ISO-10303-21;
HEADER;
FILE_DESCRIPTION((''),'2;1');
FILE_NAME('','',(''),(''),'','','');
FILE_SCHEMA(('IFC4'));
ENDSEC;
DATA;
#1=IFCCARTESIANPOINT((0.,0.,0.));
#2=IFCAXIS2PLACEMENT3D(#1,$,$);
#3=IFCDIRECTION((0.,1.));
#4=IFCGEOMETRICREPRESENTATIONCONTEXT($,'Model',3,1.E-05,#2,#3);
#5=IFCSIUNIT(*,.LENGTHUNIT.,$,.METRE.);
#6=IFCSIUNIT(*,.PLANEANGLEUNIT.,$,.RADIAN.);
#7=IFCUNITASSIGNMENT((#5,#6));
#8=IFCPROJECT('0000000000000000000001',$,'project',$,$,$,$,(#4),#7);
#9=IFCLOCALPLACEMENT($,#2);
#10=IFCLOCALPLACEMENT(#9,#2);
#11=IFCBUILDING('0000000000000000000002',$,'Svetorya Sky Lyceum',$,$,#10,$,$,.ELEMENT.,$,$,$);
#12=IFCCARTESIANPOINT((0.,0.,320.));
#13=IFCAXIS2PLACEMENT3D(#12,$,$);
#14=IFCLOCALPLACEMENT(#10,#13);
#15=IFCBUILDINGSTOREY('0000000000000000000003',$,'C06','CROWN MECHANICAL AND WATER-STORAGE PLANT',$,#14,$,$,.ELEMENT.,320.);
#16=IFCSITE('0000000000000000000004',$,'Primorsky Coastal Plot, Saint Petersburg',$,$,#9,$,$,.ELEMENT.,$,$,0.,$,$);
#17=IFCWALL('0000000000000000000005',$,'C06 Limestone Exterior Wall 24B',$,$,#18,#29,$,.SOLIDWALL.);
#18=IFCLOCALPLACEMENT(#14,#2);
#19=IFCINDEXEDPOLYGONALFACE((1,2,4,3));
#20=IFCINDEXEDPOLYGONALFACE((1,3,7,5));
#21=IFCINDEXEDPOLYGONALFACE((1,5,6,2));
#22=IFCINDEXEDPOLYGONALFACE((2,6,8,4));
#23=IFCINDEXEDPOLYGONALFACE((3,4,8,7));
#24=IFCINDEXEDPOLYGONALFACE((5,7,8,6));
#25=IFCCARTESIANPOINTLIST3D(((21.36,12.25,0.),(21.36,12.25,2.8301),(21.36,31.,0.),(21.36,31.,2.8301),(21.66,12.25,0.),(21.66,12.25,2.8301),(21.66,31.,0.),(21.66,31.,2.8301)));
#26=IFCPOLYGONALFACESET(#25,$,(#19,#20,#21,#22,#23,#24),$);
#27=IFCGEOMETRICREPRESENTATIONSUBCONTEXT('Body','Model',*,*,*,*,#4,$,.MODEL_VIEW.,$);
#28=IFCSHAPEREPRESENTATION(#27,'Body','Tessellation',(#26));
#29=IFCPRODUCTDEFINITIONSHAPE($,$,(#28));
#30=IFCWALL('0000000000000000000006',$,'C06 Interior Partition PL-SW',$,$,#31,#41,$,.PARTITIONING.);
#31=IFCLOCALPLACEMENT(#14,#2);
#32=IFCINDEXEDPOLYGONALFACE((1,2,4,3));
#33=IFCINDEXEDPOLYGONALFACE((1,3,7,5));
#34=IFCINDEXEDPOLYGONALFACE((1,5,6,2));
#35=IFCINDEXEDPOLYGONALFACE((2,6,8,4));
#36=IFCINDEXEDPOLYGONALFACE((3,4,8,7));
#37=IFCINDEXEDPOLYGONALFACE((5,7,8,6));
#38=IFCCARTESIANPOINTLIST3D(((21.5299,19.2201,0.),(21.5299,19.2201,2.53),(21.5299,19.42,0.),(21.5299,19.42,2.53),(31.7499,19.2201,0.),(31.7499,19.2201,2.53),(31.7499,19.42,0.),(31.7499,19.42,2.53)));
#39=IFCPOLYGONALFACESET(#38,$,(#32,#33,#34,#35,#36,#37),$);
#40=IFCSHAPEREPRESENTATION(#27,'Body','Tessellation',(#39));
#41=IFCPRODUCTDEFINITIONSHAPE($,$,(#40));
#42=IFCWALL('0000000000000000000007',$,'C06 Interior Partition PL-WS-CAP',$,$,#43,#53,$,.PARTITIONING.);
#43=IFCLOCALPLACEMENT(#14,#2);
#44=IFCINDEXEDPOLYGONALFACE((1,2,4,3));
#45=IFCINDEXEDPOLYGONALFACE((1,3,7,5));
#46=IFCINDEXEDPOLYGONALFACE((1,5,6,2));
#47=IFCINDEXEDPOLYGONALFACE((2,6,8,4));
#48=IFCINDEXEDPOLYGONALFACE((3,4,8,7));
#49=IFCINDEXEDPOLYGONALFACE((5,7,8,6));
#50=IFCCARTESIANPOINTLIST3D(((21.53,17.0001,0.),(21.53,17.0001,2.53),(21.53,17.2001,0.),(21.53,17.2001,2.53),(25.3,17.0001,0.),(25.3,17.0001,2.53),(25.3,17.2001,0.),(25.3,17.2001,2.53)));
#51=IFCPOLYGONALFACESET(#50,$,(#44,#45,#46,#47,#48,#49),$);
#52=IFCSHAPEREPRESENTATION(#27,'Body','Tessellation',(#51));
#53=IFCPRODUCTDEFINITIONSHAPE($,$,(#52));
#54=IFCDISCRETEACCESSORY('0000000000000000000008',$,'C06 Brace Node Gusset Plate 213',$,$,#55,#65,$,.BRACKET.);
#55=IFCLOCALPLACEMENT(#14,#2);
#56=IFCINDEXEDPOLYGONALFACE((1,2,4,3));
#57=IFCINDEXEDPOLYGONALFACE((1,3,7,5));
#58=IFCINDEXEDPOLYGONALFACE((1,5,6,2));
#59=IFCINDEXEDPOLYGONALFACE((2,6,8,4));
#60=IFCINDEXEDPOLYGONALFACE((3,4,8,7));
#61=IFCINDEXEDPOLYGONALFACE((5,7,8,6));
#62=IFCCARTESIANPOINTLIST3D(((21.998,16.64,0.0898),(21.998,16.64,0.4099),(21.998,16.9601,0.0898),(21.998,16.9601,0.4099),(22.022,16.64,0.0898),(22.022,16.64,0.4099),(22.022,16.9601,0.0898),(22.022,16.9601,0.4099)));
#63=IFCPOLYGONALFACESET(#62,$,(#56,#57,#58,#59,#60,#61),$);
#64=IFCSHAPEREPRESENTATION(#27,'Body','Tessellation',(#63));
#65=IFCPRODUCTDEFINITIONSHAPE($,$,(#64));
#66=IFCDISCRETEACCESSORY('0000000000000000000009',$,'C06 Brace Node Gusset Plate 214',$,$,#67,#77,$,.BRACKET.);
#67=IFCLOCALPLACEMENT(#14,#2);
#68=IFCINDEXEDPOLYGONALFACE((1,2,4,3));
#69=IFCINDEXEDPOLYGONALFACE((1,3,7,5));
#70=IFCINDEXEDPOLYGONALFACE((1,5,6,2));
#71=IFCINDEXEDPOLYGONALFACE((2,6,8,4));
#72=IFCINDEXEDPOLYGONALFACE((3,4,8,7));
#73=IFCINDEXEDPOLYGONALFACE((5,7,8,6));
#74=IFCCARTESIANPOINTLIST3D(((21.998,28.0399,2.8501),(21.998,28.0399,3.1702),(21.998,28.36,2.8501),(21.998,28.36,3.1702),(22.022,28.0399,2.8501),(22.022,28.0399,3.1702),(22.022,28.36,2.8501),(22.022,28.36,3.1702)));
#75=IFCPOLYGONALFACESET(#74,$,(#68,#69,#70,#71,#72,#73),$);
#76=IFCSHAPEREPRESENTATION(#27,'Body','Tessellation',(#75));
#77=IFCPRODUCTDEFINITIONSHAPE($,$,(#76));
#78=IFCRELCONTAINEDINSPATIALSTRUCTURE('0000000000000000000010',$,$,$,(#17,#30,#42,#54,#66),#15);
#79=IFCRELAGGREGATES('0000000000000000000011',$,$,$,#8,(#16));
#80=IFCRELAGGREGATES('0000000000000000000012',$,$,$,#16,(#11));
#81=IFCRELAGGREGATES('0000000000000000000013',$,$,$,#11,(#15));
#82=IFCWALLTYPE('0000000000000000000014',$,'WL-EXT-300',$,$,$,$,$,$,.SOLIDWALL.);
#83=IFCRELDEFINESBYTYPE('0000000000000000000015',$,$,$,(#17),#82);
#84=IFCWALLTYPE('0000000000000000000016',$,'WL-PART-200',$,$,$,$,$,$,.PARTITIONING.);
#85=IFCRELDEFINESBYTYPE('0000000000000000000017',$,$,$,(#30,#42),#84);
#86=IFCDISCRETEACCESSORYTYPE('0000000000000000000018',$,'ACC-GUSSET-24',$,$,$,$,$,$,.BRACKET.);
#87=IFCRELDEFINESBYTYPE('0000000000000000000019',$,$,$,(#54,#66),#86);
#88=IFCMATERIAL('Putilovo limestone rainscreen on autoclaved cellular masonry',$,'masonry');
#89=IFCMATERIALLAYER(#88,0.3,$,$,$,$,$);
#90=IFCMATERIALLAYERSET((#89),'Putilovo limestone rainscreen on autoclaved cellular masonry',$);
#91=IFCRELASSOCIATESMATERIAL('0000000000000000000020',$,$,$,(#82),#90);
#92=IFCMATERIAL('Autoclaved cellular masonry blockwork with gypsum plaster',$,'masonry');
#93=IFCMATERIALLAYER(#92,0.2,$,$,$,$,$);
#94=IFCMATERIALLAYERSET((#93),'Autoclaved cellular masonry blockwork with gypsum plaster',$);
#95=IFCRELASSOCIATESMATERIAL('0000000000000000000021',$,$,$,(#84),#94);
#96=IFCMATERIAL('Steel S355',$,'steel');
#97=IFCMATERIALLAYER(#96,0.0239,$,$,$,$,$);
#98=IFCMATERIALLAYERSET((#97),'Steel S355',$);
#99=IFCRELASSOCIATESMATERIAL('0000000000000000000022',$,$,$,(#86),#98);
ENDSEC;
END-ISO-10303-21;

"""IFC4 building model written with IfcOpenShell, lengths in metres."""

from ifc_helpers import new_model, si_unit, direction, frame, frame_2d, origin, origin_2d, place, context, subcontext, project, spatial, rectangle, extrude, material, layer, layer_set, type_object, element, save


model = new_model("IFC4")

# Units and contexts
model_context = context("Model", 3, precision=1e-05, world=origin(), true_north=direction((0.0, 1.0)))
body_context = subcontext(model_context, "Body", "Model", "MODEL_VIEW")
ifc_project = project(units=[si_unit("LENGTHUNIT", "METRE"), si_unit("PLANEANGLEUNIT", "RADIAN")], contexts=[model_context])

# Site, building, storey
site_placement = place(None, origin())
site = spatial("IfcSite", under=ifc_project, at=site_placement, Name="Primorsky Coastal Plot, Saint Petersburg", CompositionType="ELEMENT", RefElevation=0.0)
building_placement = place(site_placement, origin())
building = spatial("IfcBuilding", under=site, at=building_placement, Name="Svetorya Sky Lyceum", CompositionType="ELEMENT")
storey_placement = place(building_placement, frame((0.0, 0.0, 320.0)))
storey = spatial("IfcBuildingStorey", under=building, at=storey_placement, Name="C06", Description="CROWN MECHANICAL AND WATER-STORAGE PLANT", CompositionType="ELEMENT", Elevation=320.0)

# Shared definitions
ifc_material_1 = material(Name="Steel S355", Category="steel")

# Walls
ifc_material_2 = material(Name="Putilovo limestone rainscreen on autoclaved cellular masonry", Category="masonry")
ifc_layer_1 = layer(ifc_material_2, 0.3)
ifc_layer_set_1 = layer_set([ifc_layer_1], Name="Putilovo limestone rainscreen on autoclaved cellular masonry")
wall_type_1 = type_object("IfcWallType", Name="WL-EXT-300", PredefinedType="SOLIDWALL", material=ifc_layer_set_1)
wall_1_placement = place(storey_placement, frame((21.51, 31.0, 0.0), z_axis=(0.0, 0.0, 1.0), x_axis=(0.0, -1.0, 0.0)))
element("IfcWall", 1, at=wall_1_placement, inside=storey, type_object=wall_type_1, Name="C06 Limestone Exterior Wall 24B", PredefinedType="SOLIDWALL", context=body_context, shape_type="SweptSolid", body=[
    extrude(rectangle(XDim=18.75, YDim=0.3, at=frame_2d((9.375, 0.0))), origin(), (0.0, 0.0, 1.0), 2.8301),
])
ifc_material_3 = material(Name="Autoclaved cellular masonry blockwork with gypsum plaster", Category="masonry")
ifc_layer_2 = layer(ifc_material_3, 0.2)
ifc_layer_set_2 = layer_set([ifc_layer_2], Name="Autoclaved cellular masonry blockwork with gypsum plaster")
wall_type_2 = type_object("IfcWallType", Name="WL-PART-200", PredefinedType="PARTITIONING", material=ifc_layer_set_2)
wall_2_placement = place(storey_placement, frame((21.53, 19.3201, 0.0), z_axis=(0.0, 0.0, 1.0), x_axis=(1.0, 0.0, 0.0)))
element("IfcWall", 2, at=wall_2_placement, inside=storey, type_object=wall_type_2, Name="C06 Interior Partition PL-SW", PredefinedType="PARTITIONING", context=body_context, shape_type="SweptSolid", body=[
    extrude(rectangle(XDim=10.22, YDim=0.2, at=frame_2d((5.1099, 0.0))), origin(), (0.0, 0.0, 1.0), 2.53),
])
wall_3_placement = place(storey_placement, frame((21.53, 17.1001, 0.0), z_axis=(0.0, 0.0, 1.0), x_axis=(1.0, 0.0, 0.0)))
element("IfcWall", 3, at=wall_3_placement, inside=storey, type_object=wall_type_2, Name="C06 Interior Partition PL-WS-CAP", PredefinedType="PARTITIONING", context=body_context, shape_type="SweptSolid", body=[
    extrude(rectangle(XDim=3.77, YDim=0.2, at=frame_2d((1.885, 0.0))), origin(), (0.0, 0.0, 1.0), 2.53),
])

# Discrete accessories
ifc_layer_3 = layer(ifc_material_1, 0.0239)
ifc_layer_set_3 = layer_set([ifc_layer_3], Name="Steel S355")
discrete_accessory_type = type_object("IfcDiscreteAccessoryType", Name="ACC-GUSSET-24", PredefinedType="BRACKET", material=ifc_layer_set_3)
for number, where, z_axis, x_axis, name in (
    (4, (22.01, 16.8, 0.0898), (0.0, 0.0, 1.0), (1.0, 0.0, 0.0), "C06 Brace Node Gusset Plate 213"),
    (5, (22.01, 28.2, 2.8501), (0.0, 0.0, 1.0), (1.0, 0.0, 0.0), "C06 Brace Node Gusset Plate 214"),
):
    element("IfcDiscreteAccessory", number, at=place(storey_placement, frame(where, z_axis=z_axis, x_axis=x_axis)), inside=storey, type_object=discrete_accessory_type, Name=name, PredefinedType="BRACKET", context=body_context, shape_type="SweptSolid", body=[
        extrude(rectangle(XDim=0.0239, YDim=0.3201, at=origin_2d()), origin(), (0.0, 0.0, 1.0), 0.3201),
    ])

save(model, "model.ifc")
